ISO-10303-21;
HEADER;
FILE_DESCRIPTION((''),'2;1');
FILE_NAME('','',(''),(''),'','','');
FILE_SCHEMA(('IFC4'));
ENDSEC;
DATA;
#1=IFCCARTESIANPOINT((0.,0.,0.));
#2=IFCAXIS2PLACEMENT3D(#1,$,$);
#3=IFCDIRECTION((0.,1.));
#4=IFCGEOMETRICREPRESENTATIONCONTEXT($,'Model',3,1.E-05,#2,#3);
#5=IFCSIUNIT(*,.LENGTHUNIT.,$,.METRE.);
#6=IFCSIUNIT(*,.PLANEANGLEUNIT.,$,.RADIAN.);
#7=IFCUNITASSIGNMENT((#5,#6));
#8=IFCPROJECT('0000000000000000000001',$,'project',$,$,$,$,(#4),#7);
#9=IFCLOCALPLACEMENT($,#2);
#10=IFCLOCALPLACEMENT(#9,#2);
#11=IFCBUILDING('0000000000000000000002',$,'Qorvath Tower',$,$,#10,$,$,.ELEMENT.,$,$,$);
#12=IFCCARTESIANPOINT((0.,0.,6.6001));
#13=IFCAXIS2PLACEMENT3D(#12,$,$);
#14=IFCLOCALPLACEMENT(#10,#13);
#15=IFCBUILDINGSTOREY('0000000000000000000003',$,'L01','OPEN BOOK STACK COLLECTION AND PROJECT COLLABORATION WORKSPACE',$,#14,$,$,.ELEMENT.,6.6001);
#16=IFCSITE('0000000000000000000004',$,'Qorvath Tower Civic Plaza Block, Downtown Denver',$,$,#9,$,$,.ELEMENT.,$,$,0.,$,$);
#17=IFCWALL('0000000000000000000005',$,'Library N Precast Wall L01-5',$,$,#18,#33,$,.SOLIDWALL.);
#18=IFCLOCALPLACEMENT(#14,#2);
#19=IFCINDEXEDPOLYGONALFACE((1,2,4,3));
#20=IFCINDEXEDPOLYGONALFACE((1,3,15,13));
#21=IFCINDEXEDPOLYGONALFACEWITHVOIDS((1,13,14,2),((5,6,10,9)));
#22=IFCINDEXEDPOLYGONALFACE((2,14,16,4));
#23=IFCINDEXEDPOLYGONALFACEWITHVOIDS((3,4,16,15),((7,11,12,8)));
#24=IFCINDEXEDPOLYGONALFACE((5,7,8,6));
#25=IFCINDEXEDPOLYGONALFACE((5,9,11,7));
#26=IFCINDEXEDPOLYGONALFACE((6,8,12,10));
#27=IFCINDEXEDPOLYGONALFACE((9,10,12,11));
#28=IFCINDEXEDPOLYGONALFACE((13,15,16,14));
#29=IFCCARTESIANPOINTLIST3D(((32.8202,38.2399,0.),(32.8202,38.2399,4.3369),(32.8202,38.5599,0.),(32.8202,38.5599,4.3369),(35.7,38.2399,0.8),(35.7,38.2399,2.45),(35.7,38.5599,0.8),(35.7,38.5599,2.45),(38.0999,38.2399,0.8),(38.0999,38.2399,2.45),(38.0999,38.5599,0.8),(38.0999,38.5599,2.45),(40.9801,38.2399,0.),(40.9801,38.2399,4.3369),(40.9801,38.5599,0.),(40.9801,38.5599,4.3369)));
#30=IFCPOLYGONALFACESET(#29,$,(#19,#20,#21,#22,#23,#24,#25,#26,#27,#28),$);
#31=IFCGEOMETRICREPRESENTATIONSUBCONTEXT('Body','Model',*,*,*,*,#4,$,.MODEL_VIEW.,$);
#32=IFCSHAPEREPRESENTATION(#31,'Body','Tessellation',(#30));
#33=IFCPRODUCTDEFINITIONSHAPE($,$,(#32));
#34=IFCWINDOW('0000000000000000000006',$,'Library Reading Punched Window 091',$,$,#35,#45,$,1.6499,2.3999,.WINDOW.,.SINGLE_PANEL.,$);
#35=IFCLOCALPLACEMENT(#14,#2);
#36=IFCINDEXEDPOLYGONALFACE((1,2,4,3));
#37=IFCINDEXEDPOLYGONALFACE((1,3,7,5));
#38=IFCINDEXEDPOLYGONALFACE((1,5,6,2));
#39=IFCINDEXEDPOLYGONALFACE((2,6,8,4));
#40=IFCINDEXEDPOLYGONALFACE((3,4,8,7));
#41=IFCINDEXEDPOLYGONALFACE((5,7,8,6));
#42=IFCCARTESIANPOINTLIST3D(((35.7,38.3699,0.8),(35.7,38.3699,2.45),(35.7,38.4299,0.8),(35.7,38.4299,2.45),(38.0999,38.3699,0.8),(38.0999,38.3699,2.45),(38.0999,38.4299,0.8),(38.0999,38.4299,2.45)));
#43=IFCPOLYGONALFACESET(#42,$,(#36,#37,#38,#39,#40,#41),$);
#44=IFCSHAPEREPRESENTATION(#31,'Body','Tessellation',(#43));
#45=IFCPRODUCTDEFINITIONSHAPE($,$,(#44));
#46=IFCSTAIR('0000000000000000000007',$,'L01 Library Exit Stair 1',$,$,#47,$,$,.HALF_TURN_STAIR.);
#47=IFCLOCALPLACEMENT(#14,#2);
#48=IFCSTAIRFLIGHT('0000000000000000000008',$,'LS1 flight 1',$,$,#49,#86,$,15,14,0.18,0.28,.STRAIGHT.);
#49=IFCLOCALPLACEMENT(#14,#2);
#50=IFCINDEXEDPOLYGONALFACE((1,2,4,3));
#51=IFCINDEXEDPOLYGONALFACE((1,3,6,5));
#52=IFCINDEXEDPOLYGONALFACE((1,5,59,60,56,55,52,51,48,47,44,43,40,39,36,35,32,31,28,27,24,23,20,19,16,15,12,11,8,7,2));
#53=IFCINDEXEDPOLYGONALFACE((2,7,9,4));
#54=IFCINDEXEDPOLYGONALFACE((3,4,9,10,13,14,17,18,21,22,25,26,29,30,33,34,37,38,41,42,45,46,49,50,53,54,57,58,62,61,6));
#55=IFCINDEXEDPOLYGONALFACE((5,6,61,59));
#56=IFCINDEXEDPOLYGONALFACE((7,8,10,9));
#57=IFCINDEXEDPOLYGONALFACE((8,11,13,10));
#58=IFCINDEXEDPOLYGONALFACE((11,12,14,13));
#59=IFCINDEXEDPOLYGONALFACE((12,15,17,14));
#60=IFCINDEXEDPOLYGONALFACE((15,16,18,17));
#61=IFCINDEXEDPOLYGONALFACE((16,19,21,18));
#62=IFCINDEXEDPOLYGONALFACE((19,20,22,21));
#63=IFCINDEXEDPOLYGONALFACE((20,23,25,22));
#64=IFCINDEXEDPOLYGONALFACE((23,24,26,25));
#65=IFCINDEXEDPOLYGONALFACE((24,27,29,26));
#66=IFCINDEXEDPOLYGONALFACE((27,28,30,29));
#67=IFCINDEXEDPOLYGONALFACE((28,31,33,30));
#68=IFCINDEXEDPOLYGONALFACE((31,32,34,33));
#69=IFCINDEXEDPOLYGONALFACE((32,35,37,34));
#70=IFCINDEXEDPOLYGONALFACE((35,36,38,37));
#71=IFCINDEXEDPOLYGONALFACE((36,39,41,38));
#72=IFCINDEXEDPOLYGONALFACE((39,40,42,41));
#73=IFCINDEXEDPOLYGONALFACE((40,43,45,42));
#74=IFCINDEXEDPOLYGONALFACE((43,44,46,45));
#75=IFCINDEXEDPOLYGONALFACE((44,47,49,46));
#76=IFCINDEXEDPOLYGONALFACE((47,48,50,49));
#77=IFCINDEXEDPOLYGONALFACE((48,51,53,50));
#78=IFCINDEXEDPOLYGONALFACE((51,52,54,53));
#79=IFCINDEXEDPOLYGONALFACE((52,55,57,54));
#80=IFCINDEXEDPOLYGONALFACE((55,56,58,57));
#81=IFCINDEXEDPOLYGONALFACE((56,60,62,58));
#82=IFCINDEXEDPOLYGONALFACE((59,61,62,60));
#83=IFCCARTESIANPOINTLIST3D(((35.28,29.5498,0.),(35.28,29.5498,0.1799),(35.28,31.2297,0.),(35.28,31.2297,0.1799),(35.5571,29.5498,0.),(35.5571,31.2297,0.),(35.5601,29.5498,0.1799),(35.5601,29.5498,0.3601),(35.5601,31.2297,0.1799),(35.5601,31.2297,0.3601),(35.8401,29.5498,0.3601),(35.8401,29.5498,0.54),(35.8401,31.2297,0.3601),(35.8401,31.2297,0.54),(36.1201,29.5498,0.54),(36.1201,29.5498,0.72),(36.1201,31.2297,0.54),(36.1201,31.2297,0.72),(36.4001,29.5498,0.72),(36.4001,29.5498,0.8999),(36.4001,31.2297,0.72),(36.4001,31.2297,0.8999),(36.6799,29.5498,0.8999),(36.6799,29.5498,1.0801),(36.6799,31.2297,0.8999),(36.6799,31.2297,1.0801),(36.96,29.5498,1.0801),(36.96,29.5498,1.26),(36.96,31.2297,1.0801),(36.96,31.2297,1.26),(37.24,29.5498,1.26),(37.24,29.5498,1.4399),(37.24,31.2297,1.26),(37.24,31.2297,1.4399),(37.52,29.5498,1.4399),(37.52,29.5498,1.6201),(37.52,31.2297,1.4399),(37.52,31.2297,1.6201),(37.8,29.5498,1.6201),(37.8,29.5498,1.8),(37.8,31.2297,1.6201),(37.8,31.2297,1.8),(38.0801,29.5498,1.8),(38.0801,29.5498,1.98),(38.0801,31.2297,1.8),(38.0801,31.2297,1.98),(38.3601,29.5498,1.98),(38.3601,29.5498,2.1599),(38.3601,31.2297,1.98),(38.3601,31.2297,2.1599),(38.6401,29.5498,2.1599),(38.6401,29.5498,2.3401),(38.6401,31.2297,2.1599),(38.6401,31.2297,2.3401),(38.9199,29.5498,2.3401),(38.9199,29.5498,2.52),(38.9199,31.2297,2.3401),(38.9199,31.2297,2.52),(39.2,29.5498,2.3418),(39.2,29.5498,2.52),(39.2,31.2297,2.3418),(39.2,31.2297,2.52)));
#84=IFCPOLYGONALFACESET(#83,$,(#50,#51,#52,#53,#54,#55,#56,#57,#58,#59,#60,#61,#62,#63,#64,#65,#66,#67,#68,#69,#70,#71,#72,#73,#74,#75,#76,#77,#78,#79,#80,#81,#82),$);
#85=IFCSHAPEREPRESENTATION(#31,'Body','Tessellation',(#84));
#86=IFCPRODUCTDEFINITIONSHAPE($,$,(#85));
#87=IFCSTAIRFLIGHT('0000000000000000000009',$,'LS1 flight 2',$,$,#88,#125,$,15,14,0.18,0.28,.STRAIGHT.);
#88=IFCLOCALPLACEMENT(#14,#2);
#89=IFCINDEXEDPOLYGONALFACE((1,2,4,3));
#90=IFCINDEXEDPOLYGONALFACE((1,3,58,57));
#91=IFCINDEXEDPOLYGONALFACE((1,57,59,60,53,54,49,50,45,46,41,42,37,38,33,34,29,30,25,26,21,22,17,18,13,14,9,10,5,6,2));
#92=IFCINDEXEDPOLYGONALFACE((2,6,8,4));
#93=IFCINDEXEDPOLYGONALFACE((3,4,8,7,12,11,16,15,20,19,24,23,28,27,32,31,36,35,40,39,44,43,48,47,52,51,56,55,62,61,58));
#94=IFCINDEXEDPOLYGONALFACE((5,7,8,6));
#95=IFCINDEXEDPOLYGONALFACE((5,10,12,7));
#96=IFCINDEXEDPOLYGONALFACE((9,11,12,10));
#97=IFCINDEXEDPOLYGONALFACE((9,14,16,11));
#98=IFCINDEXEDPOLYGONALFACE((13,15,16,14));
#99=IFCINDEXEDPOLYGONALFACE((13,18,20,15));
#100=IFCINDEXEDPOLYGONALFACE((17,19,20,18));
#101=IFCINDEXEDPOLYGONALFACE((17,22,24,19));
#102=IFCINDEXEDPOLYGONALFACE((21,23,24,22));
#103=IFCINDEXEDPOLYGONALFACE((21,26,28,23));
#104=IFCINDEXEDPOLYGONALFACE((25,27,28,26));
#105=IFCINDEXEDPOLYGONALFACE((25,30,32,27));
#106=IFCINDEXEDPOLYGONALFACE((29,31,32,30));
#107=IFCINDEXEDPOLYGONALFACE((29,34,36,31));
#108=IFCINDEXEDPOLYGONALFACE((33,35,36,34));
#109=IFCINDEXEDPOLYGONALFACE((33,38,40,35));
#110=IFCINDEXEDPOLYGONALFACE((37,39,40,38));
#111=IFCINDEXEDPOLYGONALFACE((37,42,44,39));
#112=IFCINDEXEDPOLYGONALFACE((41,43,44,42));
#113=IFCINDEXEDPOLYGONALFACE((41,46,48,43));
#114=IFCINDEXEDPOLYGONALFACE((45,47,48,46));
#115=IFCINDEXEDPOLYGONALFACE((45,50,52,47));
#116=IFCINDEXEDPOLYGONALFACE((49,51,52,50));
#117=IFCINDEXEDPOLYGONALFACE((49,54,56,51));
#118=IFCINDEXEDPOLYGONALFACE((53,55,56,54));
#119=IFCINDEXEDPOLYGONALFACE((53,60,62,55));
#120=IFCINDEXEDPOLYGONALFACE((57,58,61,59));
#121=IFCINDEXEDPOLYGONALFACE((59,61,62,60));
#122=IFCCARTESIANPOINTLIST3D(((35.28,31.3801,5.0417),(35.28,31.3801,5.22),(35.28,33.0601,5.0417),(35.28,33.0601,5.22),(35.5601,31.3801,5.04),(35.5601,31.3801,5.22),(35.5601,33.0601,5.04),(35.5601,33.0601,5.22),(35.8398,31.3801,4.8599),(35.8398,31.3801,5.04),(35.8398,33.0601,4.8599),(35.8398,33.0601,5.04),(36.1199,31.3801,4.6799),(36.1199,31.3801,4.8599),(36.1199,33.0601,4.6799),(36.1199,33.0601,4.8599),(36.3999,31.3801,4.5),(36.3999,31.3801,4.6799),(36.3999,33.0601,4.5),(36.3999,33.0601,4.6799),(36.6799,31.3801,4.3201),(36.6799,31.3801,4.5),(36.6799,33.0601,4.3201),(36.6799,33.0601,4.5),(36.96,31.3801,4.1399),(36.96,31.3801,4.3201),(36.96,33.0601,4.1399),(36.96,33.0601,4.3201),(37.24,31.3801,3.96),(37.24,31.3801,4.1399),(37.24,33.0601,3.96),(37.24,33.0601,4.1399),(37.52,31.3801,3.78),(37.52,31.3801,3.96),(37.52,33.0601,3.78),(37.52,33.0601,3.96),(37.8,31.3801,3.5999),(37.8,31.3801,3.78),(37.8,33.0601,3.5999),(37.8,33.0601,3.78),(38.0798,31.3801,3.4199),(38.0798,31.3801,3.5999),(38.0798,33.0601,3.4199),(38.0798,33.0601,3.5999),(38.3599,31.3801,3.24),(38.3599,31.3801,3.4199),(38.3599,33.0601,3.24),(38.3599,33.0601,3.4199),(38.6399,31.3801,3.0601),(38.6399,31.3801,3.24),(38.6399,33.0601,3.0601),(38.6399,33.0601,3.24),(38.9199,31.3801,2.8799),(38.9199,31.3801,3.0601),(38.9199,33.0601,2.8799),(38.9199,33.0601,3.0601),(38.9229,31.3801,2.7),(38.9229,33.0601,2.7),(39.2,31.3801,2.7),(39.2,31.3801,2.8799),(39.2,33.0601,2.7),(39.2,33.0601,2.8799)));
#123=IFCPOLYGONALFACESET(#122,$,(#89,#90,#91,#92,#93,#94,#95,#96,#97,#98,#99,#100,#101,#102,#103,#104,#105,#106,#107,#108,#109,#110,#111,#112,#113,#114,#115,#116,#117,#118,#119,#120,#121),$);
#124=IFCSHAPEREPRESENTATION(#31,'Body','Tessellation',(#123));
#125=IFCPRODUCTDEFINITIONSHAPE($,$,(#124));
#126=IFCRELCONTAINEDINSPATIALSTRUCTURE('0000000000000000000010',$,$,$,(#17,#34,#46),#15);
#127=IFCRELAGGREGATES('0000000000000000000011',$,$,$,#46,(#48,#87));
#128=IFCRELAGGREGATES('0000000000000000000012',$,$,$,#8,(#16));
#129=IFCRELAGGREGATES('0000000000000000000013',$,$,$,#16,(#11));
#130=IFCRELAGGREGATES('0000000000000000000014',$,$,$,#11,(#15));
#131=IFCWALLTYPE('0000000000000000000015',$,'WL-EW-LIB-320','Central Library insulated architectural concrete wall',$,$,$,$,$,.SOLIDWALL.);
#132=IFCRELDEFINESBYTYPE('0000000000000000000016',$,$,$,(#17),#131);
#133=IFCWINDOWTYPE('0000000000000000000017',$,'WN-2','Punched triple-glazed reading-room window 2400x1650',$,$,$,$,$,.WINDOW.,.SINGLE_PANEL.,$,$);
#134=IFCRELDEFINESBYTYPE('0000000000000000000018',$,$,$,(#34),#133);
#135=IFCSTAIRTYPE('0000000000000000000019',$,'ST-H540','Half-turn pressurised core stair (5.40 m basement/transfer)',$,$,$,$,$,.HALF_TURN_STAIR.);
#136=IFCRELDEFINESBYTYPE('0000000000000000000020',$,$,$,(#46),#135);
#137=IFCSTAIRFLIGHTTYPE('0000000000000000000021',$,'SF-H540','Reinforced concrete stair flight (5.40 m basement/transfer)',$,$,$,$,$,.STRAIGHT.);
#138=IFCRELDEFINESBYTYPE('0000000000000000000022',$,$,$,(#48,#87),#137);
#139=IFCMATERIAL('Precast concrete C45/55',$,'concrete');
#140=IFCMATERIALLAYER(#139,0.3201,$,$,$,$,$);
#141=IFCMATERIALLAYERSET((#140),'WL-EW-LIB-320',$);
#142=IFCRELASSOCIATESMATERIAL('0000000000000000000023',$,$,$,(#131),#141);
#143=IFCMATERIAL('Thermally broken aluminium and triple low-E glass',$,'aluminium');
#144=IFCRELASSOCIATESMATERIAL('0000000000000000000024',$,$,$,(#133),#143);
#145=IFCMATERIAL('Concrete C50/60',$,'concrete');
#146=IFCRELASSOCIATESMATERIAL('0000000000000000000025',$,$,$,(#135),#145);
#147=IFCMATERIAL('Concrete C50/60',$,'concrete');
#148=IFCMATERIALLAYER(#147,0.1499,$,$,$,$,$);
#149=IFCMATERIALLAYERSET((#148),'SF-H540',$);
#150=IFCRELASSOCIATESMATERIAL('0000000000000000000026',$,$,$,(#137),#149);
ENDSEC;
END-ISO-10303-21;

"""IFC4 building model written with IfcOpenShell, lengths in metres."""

from ifc_helpers import new_model, si_unit, direction, frame, frame_2d, origin, place, context, subcontext, project, spatial, polyline, rectangle, outline, extrude, material, layer, layer_set, type_object, element, fill, aggregate, save


model = new_model("IFC4")

# Units and contexts
model_context = context("Model", 3, precision=1e-05, world=origin(), true_north=direction((0.0, 1.0)))
body_context = subcontext(model_context, "Body", "Model", "MODEL_VIEW")
ifc_project = project(units=[si_unit("LENGTHUNIT", "METRE"), si_unit("PLANEANGLEUNIT", "RADIAN")], contexts=[model_context])

# Site, building, storey
site_placement = place(None, origin())
site = spatial("IfcSite", under=ifc_project, at=site_placement, Name="Qorvath Tower Civic Plaza Block, Downtown Denver", CompositionType="ELEMENT", RefElevation=0.0)
building_placement = place(site_placement, origin())
building = spatial("IfcBuilding", under=site, at=building_placement, Name="Qorvath Tower", CompositionType="ELEMENT")
storey_placement = place(building_placement, frame((0.0, 0.0, 6.6001)))
storey = spatial("IfcBuildingStorey", under=building, at=storey_placement, Name="L01", Description="OPEN BOOK STACK COLLECTION AND PROJECT COLLABORATION WORKSPACE", CompositionType="ELEMENT", Elevation=6.6001)

# Wall, opening, window
ifc_material_1 = material(Name="Precast concrete C45/55", Category="concrete")
ifc_layer_1 = layer(ifc_material_1, 0.3201)
ifc_layer_set_1 = layer_set([ifc_layer_1], Name="WL-EW-LIB-320")
wall_type_1 = type_object("IfcWallType", Name="WL-EW-LIB-320", Description="Central Library insulated architectural concrete wall", PredefinedType="SOLIDWALL", material=ifc_layer_set_1)
ifc_material_2 = material(Name="Thermally broken aluminium and triple low-E glass", Category="aluminium")
window_type = type_object("IfcWindowType", Name="WN-2", Description="Punched triple-glazed reading-room window 2400x1650", PartitioningType="SINGLE_PANEL", PredefinedType="WINDOW", material=ifc_material_2)
wall_1_placement = place(storey_placement, frame((32.8201, 38.3999, 0.0), z_axis=(0.0, 0.0, 1.0), x_axis=(1.0, 0.0, 0.0)))
wall_1 = element("IfcWall", 1, at=wall_1_placement, inside=storey, type_object=wall_type_1, Name="Library N Precast Wall L01-5", PredefinedType="SOLIDWALL", context=body_context, shape_type="SweptSolid", body=[
    extrude(rectangle(XDim=8.1599, YDim=0.3201, at=frame_2d((4.0801, 0.0))), origin(), (0.0, 0.0, 1.0), 4.3369),
])
opening_1_placement = place(wall_1_placement, frame((2.8799, 0.0, 0.8)))
opening_1 = element("IfcOpeningElement", 2, at=opening_1_placement, cuts=wall_1, PredefinedType="OPENING", context=body_context, shape_type="SweptSolid", body=[
    extrude(rectangle(XDim=2.3999, YDim=1.6499, at=frame_2d((1.2, 0.825))), frame((0.0, 0.1699, 0.0), z_axis=(0.0, -1.0, 0.0), x_axis=(1.0, 0.0, 0.0)), (0.0, 0.0, 1.0), 0.3401),
])
window_1_placement = place(opening_1_placement, origin())
window_1 = element("IfcWindow", 3, at=window_1_placement, inside=storey, type_object=window_type, Name="Library Reading Punched Window 091", OverallHeight=1.6499, OverallWidth=2.3999, PartitioningType="SINGLE_PANEL", PredefinedType="WINDOW", context=body_context, shape_type="SweptSolid", body=[
    extrude(rectangle(XDim=2.3999, YDim=1.6499, at=frame_2d((1.2, 0.825))), frame((0.0, 0.03, 0.0), z_axis=(0.0, -1.0, 0.0), x_axis=(1.0, 0.0, 0.0)), (0.0, 0.0, 1.0), 0.0601),
])
fill(opening_1, window_1)

# Stair, stair flights
ifc_material_3 = material(Name="Concrete C50/60", Category="concrete")
stair_type = type_object("IfcStairType", Name="ST-H540", Description="Half-turn pressurised core stair (5.40 m basement/transfer)", PredefinedType="HALF_TURN_STAIR", material=ifc_material_3)
stair_placement = place(storey_placement, origin())
stair = element("IfcStair", 4, at=stair_placement, inside=storey, type_object=stair_type, Name="L01 Library Exit Stair 1", PredefinedType="HALF_TURN_STAIR")
ifc_material_4 = material(Name="Concrete C50/60", Category="concrete")
ifc_layer_2 = layer(ifc_material_4, 0.1499)
ifc_layer_set_2 = layer_set([ifc_layer_2], Name="SF-H540")
stair_flight_type = type_object("IfcStairFlightType", Name="SF-H540", Description="Reinforced concrete stair flight (5.40 m basement/transfer)", PredefinedType="STRAIGHT", material=ifc_layer_set_2)
stair_flight_1_placement = place(storey_placement, frame((35.28, 30.3899, 0.0), z_axis=(0.0, 0.0, 1.0), x_axis=(1.0, 0.0, 0.0)))
stair_flight_1 = element("IfcStairFlight", 5, at=stair_flight_1_placement, type_object=stair_flight_type, Name="LS1 flight 1", NumberOfRisers=15, NumberOfTreads=14, PredefinedType="STRAIGHT", RiserHeight=0.18, TreadLength=0.28, context=body_context, shape_type="SweptSolid", body=[
    extrude(outline(polyline([(0.0, 0.0), (0.0, 0.1799), (0.28, 0.1799), (0.28, 0.3601), (0.5601, 0.3601), (0.5601, 0.54), (0.8401, 0.54), (0.8401, 0.72), (1.1201, 0.72), (1.1201, 0.8999), (1.3999, 0.8999), (1.3999, 1.0801), (1.6799, 1.0801), (1.6799, 1.26), (1.96, 1.26), (1.96, 1.4399), (2.24, 1.4399), (2.24, 1.6201), (2.52, 1.6201), (2.52, 1.8), (2.8, 1.8), (2.8, 1.98), (3.0801, 1.98), (3.0801, 2.1599), (3.3601, 2.1599), (3.3601, 2.3401), (3.6399, 2.3401), (3.6399, 2.52), (3.9199, 2.52), (3.9199, 2.7), (3.9199, 2.3418), (0.2771, 0.0), (0.0, 0.0)])), frame((0.0, 0.8398, 0.0), z_axis=(0.0, -1.0, 0.0), x_axis=(1.0, 0.0, 0.0)), (0.0, 0.0, 1.0), 1.6799),
])
stair_flight_2_placement = place(storey_placement, frame((39.2, 32.22, 2.7), z_axis=(0.0, 0.0, 1.0), x_axis=(-1.0, 0.0, 0.0)))
stair_flight_2 = element("IfcStairFlight", 6, at=stair_flight_2_placement, type_object=stair_flight_type, Name="LS1 flight 2", NumberOfRisers=15, NumberOfTreads=14, PredefinedType="STRAIGHT", RiserHeight=0.18, TreadLength=0.28, context=body_context, shape_type="SweptSolid", body=[
    extrude(outline(polyline([(0.0, 0.0), (0.0, 0.1799), (0.28, 0.1799), (0.28, 0.3601), (0.5601, 0.3601), (0.5601, 0.54), (0.8401, 0.54), (0.8401, 0.72), (1.1201, 0.72), (1.1201, 0.8999), (1.3999, 0.8999), (1.3999, 1.0801), (1.6799, 1.0801), (1.6799, 1.26), (1.96, 1.26), (1.96, 1.4399), (2.24, 1.4399), (2.24, 1.6201), (2.52, 1.6201), (2.52, 1.8), (2.8, 1.8), (2.8, 1.98), (3.0801, 1.98), (3.0801, 2.1599), (3.3601, 2.1599), (3.3601, 2.3401), (3.6399, 2.3401), (3.6399, 2.52), (3.9199, 2.52), (3.9199, 2.7), (3.9199, 2.3418), (0.2771, 0.0), (0.0, 0.0)])), frame((0.0, 0.8398, 0.0), z_axis=(0.0, -1.0, 0.0), x_axis=(1.0, 0.0, 0.0)), (0.0, 0.0, 1.0), 1.6799),
])
aggregate(stair, [stair_flight_1, stair_flight_2])

save(model, "model.ifc")
